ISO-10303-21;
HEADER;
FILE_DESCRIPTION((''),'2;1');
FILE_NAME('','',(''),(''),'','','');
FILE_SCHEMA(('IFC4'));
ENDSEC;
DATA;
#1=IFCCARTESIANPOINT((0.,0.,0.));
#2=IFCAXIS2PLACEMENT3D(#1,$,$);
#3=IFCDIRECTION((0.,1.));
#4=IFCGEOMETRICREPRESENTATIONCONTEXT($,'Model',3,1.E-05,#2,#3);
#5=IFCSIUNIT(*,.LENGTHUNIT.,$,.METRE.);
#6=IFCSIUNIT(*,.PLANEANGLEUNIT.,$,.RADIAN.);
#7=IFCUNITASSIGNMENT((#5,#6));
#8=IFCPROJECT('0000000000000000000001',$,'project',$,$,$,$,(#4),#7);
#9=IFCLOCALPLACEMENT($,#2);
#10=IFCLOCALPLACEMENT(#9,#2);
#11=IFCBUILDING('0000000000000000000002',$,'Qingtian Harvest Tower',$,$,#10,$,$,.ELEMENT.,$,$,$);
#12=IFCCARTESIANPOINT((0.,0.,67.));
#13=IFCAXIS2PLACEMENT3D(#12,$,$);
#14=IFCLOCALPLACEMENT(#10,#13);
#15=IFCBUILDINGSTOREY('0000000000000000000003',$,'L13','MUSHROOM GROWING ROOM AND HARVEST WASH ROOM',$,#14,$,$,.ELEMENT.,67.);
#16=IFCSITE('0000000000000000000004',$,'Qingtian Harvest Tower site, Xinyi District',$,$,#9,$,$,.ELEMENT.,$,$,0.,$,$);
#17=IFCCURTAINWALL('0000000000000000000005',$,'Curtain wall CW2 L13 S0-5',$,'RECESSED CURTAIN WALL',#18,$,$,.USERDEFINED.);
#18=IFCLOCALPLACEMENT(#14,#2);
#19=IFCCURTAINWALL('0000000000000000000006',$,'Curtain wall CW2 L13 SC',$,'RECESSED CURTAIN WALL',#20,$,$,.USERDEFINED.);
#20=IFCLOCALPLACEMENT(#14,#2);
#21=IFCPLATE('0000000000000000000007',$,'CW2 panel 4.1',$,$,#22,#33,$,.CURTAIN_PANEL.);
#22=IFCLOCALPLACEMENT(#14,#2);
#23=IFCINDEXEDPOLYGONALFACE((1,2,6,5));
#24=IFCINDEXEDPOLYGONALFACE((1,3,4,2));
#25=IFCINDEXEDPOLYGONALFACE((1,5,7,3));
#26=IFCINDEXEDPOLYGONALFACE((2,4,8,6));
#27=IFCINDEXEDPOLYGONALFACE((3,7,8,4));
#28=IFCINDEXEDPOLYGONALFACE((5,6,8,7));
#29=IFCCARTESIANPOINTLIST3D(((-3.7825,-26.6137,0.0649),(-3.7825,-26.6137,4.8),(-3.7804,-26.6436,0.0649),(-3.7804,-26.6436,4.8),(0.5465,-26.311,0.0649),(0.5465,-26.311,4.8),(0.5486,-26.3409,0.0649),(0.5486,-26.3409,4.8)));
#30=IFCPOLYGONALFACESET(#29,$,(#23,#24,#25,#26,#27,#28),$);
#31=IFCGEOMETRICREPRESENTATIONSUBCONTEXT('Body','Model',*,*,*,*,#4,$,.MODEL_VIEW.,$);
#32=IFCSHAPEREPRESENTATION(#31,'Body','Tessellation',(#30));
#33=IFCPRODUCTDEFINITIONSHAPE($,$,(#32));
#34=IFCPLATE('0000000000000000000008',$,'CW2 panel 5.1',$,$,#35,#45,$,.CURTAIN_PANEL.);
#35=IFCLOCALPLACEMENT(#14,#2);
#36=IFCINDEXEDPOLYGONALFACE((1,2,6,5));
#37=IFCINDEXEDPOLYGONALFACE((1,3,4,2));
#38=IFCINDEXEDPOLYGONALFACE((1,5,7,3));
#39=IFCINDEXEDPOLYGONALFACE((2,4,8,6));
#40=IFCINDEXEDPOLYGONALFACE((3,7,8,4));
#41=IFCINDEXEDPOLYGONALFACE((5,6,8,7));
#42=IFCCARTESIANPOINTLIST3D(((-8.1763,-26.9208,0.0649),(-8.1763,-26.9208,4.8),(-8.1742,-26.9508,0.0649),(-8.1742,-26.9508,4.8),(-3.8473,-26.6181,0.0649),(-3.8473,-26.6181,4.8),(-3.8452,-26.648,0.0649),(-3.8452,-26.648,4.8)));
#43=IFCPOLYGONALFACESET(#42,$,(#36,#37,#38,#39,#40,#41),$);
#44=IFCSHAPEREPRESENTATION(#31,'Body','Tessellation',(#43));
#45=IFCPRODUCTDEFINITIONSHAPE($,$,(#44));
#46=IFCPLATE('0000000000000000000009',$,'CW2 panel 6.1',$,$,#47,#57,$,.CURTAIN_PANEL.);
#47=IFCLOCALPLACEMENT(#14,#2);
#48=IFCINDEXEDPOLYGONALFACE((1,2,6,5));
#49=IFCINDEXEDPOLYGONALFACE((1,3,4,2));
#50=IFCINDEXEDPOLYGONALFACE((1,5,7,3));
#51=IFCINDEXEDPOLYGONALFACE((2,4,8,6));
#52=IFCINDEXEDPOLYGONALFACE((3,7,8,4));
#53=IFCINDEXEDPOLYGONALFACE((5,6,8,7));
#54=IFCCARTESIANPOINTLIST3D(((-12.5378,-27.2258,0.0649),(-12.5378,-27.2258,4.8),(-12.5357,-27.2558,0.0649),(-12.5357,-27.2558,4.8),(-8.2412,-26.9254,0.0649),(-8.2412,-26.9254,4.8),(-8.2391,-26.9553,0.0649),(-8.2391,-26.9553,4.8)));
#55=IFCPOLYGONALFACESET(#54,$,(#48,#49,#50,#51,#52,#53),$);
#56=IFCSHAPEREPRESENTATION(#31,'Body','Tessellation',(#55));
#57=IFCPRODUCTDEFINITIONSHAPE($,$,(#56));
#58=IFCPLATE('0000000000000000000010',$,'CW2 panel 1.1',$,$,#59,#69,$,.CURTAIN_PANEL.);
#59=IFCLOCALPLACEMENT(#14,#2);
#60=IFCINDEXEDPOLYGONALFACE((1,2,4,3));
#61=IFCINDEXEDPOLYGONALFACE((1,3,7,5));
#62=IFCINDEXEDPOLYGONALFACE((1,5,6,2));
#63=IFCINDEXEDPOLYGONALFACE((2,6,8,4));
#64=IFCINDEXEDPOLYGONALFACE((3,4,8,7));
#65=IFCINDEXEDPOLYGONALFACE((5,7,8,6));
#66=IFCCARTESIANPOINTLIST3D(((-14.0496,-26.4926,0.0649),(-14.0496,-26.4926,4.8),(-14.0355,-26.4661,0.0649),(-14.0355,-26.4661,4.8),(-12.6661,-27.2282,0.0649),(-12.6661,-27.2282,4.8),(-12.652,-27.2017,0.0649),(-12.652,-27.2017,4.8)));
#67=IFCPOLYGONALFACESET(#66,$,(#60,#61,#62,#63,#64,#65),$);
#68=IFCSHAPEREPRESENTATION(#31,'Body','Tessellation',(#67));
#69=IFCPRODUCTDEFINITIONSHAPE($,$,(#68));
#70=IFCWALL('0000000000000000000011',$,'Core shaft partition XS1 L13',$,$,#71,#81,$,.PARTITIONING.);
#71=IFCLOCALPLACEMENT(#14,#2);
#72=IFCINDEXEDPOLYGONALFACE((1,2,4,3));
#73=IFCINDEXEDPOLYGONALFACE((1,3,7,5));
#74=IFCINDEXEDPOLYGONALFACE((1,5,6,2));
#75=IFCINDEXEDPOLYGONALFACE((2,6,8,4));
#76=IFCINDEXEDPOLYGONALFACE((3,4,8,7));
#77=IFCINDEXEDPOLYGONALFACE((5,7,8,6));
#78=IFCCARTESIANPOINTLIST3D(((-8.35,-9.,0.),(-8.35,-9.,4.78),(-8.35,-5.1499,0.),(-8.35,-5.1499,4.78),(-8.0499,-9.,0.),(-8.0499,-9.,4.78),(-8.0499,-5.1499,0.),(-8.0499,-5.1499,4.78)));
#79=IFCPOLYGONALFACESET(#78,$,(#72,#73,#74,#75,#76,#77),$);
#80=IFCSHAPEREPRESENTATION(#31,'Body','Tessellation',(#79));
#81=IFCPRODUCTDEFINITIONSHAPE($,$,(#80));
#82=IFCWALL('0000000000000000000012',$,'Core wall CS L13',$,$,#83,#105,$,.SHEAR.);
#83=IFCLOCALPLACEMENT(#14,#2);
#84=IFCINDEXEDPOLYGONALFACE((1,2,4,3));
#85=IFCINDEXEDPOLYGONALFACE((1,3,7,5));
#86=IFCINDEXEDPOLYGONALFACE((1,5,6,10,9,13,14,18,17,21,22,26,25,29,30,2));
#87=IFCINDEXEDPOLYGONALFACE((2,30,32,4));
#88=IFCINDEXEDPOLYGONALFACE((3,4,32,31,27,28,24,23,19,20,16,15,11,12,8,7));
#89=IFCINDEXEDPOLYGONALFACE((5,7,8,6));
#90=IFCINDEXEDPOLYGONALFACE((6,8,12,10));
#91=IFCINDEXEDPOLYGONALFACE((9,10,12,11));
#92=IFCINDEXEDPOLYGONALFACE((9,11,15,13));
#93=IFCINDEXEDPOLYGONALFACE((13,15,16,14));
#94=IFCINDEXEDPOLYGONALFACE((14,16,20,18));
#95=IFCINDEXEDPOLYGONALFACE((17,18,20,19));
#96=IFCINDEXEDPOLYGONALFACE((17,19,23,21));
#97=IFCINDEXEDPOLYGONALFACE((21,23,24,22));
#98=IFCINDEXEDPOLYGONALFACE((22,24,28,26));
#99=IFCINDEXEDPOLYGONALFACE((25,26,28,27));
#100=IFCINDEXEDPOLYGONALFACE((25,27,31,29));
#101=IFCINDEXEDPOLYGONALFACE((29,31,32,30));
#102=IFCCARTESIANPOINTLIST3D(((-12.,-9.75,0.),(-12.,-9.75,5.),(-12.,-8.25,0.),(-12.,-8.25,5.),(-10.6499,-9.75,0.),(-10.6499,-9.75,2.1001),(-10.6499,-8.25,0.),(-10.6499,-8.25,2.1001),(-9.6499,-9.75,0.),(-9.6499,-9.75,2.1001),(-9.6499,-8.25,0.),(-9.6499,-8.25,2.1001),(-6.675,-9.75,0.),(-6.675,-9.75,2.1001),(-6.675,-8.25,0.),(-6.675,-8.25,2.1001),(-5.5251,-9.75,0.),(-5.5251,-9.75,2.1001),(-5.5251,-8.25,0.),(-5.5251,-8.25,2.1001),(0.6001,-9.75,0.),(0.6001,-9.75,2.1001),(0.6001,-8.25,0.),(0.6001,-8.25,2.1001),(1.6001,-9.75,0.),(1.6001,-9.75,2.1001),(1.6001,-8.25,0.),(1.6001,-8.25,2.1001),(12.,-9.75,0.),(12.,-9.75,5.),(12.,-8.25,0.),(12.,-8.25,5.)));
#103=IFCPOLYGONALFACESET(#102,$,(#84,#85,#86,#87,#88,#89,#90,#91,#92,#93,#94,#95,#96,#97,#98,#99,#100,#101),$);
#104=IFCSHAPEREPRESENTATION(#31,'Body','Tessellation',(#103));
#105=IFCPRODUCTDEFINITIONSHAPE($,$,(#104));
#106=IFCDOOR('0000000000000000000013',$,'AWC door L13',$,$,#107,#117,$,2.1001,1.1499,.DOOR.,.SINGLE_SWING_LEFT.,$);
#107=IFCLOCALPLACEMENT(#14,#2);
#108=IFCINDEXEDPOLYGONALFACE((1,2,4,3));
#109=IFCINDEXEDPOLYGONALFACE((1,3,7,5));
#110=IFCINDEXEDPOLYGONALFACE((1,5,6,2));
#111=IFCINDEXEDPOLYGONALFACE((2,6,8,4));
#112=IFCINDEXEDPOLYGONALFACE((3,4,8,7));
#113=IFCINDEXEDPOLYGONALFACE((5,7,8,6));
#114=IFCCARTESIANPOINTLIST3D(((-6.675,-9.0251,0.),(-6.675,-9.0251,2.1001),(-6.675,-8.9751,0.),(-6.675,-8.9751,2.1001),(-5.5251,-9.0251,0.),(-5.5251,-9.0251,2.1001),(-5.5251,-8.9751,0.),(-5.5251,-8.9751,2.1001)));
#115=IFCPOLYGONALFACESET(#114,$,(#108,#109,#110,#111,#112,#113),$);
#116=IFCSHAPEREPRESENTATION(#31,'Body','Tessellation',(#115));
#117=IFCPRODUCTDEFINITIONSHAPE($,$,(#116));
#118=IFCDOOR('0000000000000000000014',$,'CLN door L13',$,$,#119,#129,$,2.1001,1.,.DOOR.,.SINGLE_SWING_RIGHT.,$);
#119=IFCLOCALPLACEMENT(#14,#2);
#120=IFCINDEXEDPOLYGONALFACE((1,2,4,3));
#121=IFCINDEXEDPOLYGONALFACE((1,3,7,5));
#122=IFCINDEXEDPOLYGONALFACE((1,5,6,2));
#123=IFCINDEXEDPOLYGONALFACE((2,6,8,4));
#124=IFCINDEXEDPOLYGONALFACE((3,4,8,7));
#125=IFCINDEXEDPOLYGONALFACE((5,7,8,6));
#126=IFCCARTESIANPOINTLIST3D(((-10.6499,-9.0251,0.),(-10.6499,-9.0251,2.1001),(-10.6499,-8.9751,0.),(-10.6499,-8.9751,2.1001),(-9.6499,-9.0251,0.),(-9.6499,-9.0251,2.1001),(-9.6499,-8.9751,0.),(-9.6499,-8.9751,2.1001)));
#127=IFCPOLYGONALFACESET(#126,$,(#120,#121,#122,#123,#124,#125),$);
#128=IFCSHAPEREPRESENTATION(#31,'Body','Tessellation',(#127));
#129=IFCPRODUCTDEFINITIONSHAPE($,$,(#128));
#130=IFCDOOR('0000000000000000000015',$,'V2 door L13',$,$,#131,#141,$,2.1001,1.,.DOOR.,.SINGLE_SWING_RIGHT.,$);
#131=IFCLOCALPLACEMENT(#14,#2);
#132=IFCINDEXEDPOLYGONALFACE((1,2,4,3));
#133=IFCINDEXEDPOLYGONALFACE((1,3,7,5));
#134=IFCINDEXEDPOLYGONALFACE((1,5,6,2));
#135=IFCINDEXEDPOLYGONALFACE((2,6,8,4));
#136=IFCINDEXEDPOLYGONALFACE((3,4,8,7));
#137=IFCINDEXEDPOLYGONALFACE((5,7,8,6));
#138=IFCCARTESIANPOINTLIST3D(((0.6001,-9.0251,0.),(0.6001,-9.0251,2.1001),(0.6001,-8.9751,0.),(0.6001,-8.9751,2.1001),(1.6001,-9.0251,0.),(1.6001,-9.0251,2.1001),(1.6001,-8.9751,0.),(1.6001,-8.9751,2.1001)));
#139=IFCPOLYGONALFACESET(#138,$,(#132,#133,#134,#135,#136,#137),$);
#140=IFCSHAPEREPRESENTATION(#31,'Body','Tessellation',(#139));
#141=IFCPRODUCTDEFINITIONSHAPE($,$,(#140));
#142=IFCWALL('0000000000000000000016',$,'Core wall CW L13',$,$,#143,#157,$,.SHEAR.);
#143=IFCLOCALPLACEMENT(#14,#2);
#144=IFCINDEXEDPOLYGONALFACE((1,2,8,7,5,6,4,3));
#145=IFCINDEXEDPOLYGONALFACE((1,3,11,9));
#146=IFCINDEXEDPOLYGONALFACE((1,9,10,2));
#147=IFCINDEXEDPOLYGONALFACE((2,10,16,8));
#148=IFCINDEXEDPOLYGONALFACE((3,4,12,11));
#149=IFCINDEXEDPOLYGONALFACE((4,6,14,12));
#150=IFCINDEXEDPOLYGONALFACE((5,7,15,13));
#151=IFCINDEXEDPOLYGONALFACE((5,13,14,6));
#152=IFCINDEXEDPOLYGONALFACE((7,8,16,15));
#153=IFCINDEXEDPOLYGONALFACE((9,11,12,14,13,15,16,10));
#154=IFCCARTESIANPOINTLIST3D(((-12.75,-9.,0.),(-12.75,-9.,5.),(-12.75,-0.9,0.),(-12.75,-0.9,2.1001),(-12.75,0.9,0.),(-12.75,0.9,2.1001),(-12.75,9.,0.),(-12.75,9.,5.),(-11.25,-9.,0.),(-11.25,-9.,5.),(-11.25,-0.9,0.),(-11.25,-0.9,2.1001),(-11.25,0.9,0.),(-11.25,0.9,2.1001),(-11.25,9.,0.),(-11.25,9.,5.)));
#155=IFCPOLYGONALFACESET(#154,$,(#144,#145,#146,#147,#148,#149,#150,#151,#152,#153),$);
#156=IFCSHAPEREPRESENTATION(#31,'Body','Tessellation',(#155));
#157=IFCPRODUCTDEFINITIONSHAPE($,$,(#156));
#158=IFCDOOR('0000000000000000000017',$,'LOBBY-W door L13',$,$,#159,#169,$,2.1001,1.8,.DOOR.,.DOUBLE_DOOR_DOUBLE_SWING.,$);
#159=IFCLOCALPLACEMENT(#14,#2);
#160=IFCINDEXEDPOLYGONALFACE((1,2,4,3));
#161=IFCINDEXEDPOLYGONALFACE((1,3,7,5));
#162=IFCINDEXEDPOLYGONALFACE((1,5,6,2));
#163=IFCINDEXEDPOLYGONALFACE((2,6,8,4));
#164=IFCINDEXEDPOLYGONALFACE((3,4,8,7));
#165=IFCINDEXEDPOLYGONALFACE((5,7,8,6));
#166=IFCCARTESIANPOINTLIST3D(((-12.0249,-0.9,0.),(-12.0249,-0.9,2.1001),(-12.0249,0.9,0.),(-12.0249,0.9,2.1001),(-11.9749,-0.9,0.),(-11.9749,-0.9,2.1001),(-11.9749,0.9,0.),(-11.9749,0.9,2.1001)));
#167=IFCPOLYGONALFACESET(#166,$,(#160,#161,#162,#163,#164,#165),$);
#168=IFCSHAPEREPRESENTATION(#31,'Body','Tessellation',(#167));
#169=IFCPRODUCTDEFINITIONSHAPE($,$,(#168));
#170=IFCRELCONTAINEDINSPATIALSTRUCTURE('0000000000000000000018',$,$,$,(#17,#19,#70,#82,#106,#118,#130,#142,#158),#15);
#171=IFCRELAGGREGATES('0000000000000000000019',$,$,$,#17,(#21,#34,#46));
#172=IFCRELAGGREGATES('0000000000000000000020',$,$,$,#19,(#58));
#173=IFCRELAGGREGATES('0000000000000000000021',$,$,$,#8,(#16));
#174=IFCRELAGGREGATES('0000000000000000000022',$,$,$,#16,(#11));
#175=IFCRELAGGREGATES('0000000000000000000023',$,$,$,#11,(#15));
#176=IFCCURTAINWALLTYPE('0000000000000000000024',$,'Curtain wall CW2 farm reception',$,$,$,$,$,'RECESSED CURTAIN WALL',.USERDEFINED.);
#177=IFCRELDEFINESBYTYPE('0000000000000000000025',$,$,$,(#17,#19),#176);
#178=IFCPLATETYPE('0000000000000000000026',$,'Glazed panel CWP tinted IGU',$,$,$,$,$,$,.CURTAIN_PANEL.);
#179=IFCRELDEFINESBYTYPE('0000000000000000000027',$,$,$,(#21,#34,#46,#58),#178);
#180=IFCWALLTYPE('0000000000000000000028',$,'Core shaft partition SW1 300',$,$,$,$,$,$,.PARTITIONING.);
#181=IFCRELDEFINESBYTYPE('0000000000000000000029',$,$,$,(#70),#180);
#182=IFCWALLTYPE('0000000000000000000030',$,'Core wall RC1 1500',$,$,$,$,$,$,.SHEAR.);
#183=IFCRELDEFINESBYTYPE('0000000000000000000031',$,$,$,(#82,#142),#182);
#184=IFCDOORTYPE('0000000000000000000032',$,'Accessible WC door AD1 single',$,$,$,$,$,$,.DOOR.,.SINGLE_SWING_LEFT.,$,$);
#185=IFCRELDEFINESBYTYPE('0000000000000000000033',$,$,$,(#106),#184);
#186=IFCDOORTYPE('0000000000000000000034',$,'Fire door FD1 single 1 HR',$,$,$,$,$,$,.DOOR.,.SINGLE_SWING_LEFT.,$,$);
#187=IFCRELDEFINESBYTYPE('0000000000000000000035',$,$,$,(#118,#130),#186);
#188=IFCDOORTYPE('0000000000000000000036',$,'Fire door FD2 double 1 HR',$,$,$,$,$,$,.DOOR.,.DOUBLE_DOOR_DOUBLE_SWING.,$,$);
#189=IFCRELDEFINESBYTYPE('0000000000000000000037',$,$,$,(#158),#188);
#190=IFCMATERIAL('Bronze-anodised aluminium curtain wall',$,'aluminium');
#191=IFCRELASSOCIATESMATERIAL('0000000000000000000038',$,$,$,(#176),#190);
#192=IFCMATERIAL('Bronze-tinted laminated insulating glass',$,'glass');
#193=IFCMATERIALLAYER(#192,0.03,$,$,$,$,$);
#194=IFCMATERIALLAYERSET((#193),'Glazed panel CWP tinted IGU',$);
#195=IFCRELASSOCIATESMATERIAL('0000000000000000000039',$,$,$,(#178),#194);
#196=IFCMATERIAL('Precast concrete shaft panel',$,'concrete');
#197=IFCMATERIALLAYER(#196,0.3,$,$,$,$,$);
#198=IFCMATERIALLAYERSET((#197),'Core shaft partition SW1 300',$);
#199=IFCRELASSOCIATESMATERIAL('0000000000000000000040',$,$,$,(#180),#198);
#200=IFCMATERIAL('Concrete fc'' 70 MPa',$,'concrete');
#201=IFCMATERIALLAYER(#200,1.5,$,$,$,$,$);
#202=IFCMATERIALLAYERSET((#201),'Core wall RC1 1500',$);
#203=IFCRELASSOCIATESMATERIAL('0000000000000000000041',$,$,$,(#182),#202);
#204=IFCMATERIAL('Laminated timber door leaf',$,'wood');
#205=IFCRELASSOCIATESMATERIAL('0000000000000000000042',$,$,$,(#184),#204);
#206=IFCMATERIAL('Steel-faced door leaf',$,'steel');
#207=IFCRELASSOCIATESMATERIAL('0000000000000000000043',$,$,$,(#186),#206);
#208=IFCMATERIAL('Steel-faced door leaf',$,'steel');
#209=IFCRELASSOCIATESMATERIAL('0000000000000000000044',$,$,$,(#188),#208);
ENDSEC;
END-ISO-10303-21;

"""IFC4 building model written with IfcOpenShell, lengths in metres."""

from ifc_helpers import new_model, si_unit, direction, frame, frame_2d, origin, origin_2d, place, context, subcontext, project, spatial, rectangle, extrude, material, layer, layer_set, type_object, element, fill, aggregate, save


model = new_model("IFC4")

# Units and contexts
model_context = context("Model", 3, precision=1e-05, world=origin(), true_north=direction((0.0, 1.0)))
body_context = subcontext(model_context, "Body", "Model", "MODEL_VIEW")
ifc_project = project(units=[si_unit("LENGTHUNIT", "METRE"), si_unit("PLANEANGLEUNIT", "RADIAN")], contexts=[model_context])

# Site, building, storey
site_placement = place(None, origin())
site = spatial("IfcSite", under=ifc_project, at=site_placement, Name="Qingtian Harvest Tower site, Xinyi District", CompositionType="ELEMENT", RefElevation=0.0)
building_placement = place(site_placement, origin())
building = spatial("IfcBuilding", under=site, at=building_placement, Name="Qingtian Harvest Tower", CompositionType="ELEMENT")
storey_placement = place(building_placement, frame((0.0, 0.0, 67.0)))
storey = spatial("IfcBuildingStorey", under=building, at=storey_placement, Name="L13", Description="MUSHROOM GROWING ROOM AND HARVEST WASH ROOM", CompositionType="ELEMENT", Elevation=67.0)

# Curtain walls
ifc_material_1 = material(Name="Bronze-anodised aluminium curtain wall", Category="aluminium")
curtain_wall_type = type_object("IfcCurtainWallType", Name="Curtain wall CW2 farm reception", ElementType="RECESSED CURTAIN WALL", PredefinedType="USERDEFINED", material=ifc_material_1)
curtain_wall_1_placement = place(storey_placement, origin())
curtain_wall_1 = element("IfcCurtainWall", 1, at=curtain_wall_1_placement, inside=storey, type_object=curtain_wall_type, Name="Curtain wall CW2 L13 S0-5", ObjectType="RECESSED CURTAIN WALL", PredefinedType="USERDEFINED")
curtain_wall_2_placement = place(storey_placement, origin())
curtain_wall_2 = element("IfcCurtainWall", 2, at=curtain_wall_2_placement, inside=storey, type_object=curtain_wall_type, Name="Curtain wall CW2 L13 SC", ObjectType="RECESSED CURTAIN WALL", PredefinedType="USERDEFINED")

# Plates
ifc_material_2 = material(Name="Bronze-tinted laminated insulating glass", Category="glass")
ifc_layer_1 = layer(ifc_material_2, 0.03)
ifc_layer_set_1 = layer_set([ifc_layer_1], Name="Glazed panel CWP tinted IGU")
plate_type = type_object("IfcPlateType", Name="Glazed panel CWP tinted IGU", PredefinedType="CURTAIN_PANEL", material=ifc_layer_set_1)
plate_1_placement = place(storey_placement, frame((-1.6169, -26.4773, 0.0649), z_axis=(0.0, 0.0, 1.0), x_axis=(-0.997564, -0.069756, 0.0)))
plate_1 = element("IfcPlate", 3, at=plate_1_placement, type_object=plate_type, Name="CW2 panel 4.1", PredefinedType="CURTAIN_PANEL", context=body_context, shape_type="SweptSolid", body=[
    extrude(rectangle(XDim=4.3396, YDim=0.03, at=origin_2d()), origin(), (0.0, 0.0, 1.0), 4.7351),
])
plate_2_placement = place(storey_placement, frame((-6.0107, -26.7844, 0.0649), z_axis=(0.0, 0.0, 1.0), x_axis=(-0.997564, -0.069756, 0.0)))
plate_2 = element("IfcPlate", 4, at=plate_2_placement, type_object=plate_type, Name="CW2 panel 5.1", PredefinedType="CURTAIN_PANEL", context=body_context, shape_type="SweptSolid", body=[
    extrude(rectangle(XDim=4.3396, YDim=0.03, at=origin_2d()), origin(), (0.0, 0.0, 1.0), 4.7351),
])
plate_3_placement = place(storey_placement, frame((-10.3884, -27.0906, 0.0649), z_axis=(0.0, 0.0, 1.0), x_axis=(-0.997564, -0.069756, 0.0)))
plate_3 = element("IfcPlate", 5, at=plate_3_placement, type_object=plate_type, Name="CW2 panel 6.1", PredefinedType="CURTAIN_PANEL", context=body_context, shape_type="SweptSolid", body=[
    extrude(rectangle(XDim=4.3071, YDim=0.03, at=origin_2d()), origin(), (0.0, 0.0, 1.0), 4.7351),
])
aggregate(curtain_wall_1, [plate_1, plate_2, plate_3])
plate_4_placement = place(storey_placement, frame((-13.3508, -26.8472, 0.0649), z_axis=(0.0, 0.0, 1.0), x_axis=(-0.882948, 0.469472, 0.0)))
plate_4 = element("IfcPlate", 6, at=plate_4_placement, type_object=plate_type, Name="CW2 panel 1.1", PredefinedType="CURTAIN_PANEL", context=body_context, shape_type="SweptSolid", body=[
    extrude(rectangle(XDim=1.5669, YDim=0.03, at=origin_2d()), origin(), (0.0, 0.0, 1.0), 4.7351),
])
aggregate(curtain_wall_2, [plate_4])

# Wall
ifc_material_3 = material(Name="Precast concrete shaft panel", Category="concrete")
ifc_layer_2 = layer(ifc_material_3, 0.3)
ifc_layer_set_2 = layer_set([ifc_layer_2], Name="Core shaft partition SW1 300")
wall_type_1 = type_object("IfcWallType", Name="Core shaft partition SW1 300", PredefinedType="PARTITIONING", material=ifc_layer_set_2)
wall_1_placement = place(storey_placement, frame((-8.2, -9.0, 0.0), z_axis=(0.0, 0.0, 1.0), x_axis=(0.0, 1.0, 0.0)))
element("IfcWall", 7, at=wall_1_placement, inside=storey, type_object=wall_type_1, Name="Core shaft partition XS1 L13", PredefinedType="PARTITIONING", context=body_context, shape_type="SweptSolid", body=[
    extrude(rectangle(XDim=3.8501, YDim=0.3, at=frame_2d((1.925, 0.0))), origin(), (0.0, 0.0, 1.0), 4.78),
])

# Wall, openings, doors
ifc_material_4 = material(Name="Concrete fc' 70 MPa", Category="concrete")
ifc_layer_3 = layer(ifc_material_4, 1.5)
ifc_layer_set_3 = layer_set([ifc_layer_3], Name="Core wall RC1 1500")
wall_type_2 = type_object("IfcWallType", Name="Core wall RC1 1500", PredefinedType="SHEAR", material=ifc_layer_set_3)
wall_2_placement = place(storey_placement, frame((-12.0, -9.0, 0.0), z_axis=(0.0, 0.0, 1.0), x_axis=(1.0, 0.0, 0.0)))
wall_2 = element("IfcWall", 8, at=wall_2_placement, inside=storey, type_object=wall_type_2, Name="Core wall CS L13", PredefinedType="SHEAR", context=body_context, shape_type="SweptSolid", body=[
    extrude(rectangle(XDim=24.0, YDim=1.5, at=frame_2d((12.0, 0.0))), origin(), (0.0, 0.0, 1.0), 5.0),
])
opening_1_placement = place(wall_2_placement, frame((1.3501, 0.0, 0.0)))
opening_1 = element("IfcOpeningElement", 9, at=opening_1_placement, cuts=wall_2, PredefinedType="OPENING", context=body_context, shape_type="SweptSolid", body=[
    extrude(rectangle(XDim=1.0, YDim=2.1001, at=frame_2d((0.5, 1.05))), frame((0.0, 0.76, 0.0), z_axis=(0.0, -1.0, 0.0), x_axis=(1.0, 0.0, 0.0)), (0.0, 0.0, 1.0), 1.52),
])
opening_2_placement = place(wall_2_placement, frame((5.325, 0.0, 0.0)))
opening_2 = element("IfcOpeningElement", 10, at=opening_2_placement, cuts=wall_2, PredefinedType="OPENING", context=body_context, shape_type="SweptSolid", body=[
    extrude(rectangle(XDim=1.1499, YDim=2.1001, at=frame_2d((0.575, 1.05))), frame((0.0, 0.76, 0.0), z_axis=(0.0, -1.0, 0.0), x_axis=(1.0, 0.0, 0.0)), (0.0, 0.0, 1.0), 1.52),
])
opening_3_placement = place(wall_2_placement, frame((12.6001, 0.0, 0.0)))
opening_3 = element("IfcOpeningElement", 11, at=opening_3_placement, cuts=wall_2, PredefinedType="OPENING", context=body_context, shape_type="SweptSolid", body=[
    extrude(rectangle(XDim=1.0, YDim=2.1001, at=frame_2d((0.5, 1.05))), frame((0.0, 0.76, 0.0), z_axis=(0.0, -1.0, 0.0), x_axis=(1.0, 0.0, 0.0)), (0.0, 0.0, 1.0), 1.52),
])
ifc_material_5 = material(Name="Laminated timber door leaf", Category="wood")
door_type_1 = type_object("IfcDoorType", Name="Accessible WC door AD1 single", OperationType="SINGLE_SWING_LEFT", PredefinedType="DOOR", material=ifc_material_5)
door_1_placement = place(opening_2_placement, origin())
door_1 = element("IfcDoor", 12, at=door_1_placement, inside=storey, type_object=door_type_1, Name="AWC door L13", OperationType="SINGLE_SWING_LEFT", OverallHeight=2.1001, OverallWidth=1.1499, PredefinedType="DOOR", context=body_context, shape_type="SweptSolid", body=[
    extrude(rectangle(XDim=1.1499, YDim=2.1001, at=frame_2d((0.575, 1.05))), frame((0.0, 0.0249, 0.0), z_axis=(0.0, -1.0, 0.0), x_axis=(1.0, 0.0, 0.0)), (0.0, 0.0, 1.0), 0.05),
])
fill(opening_2, door_1)
ifc_material_6 = material(Name="Steel-faced door leaf", Category="steel")
door_type_2 = type_object("IfcDoorType", Name="Fire door FD1 single 1 HR", OperationType="SINGLE_SWING_LEFT", PredefinedType="DOOR", material=ifc_material_6)
door_2_placement = place(opening_1_placement, origin())
door_2 = element("IfcDoor", 13, at=door_2_placement, inside=storey, type_object=door_type_2, Name="CLN door L13", OperationType="SINGLE_SWING_RIGHT", OverallHeight=2.1001, OverallWidth=1.0, PredefinedType="DOOR", context=body_context, shape_type="SweptSolid", body=[
    extrude(rectangle(XDim=1.0, YDim=2.1001, at=frame_2d((0.5, 1.05))), frame((0.0, 0.0249, 0.0), z_axis=(0.0, -1.0, 0.0), x_axis=(1.0, 0.0, 0.0)), (0.0, 0.0, 1.0), 0.05),
])
fill(opening_1, door_2)
door_3_placement = place(opening_3_placement, origin())
door_3 = element("IfcDoor", 14, at=door_3_placement, inside=storey, type_object=door_type_2, Name="V2 door L13", OperationType="SINGLE_SWING_RIGHT", OverallHeight=2.1001, OverallWidth=1.0, PredefinedType="DOOR", context=body_context, shape_type="SweptSolid", body=[
    extrude(rectangle(XDim=1.0, YDim=2.1001, at=frame_2d((0.5, 1.05))), frame((0.0, 0.0249, 0.0), z_axis=(0.0, -1.0, 0.0), x_axis=(1.0, 0.0, 0.0)), (0.0, 0.0, 1.0), 0.05),
])
fill(opening_3, door_3)

# Wall, opening, door
wall_3_placement = place(storey_placement, frame((-12.0, -9.0, 0.0), z_axis=(0.0, 0.0, 1.0), x_axis=(0.0, 1.0, 0.0)))
wall_3 = element("IfcWall", 15, at=wall_3_placement, inside=storey, type_object=wall_type_2, Name="Core wall CW L13", PredefinedType="SHEAR", context=body_context, shape_type="SweptSolid", body=[
    extrude(rectangle(XDim=18.0, YDim=1.5, at=frame_2d((9.0, 0.0))), origin(), (0.0, 0.0, 1.0), 5.0),
])
opening_4_placement = place(wall_3_placement, frame((8.1001, 0.0, 0.0)))
opening_4 = element("IfcOpeningElement", 16, at=opening_4_placement, cuts=wall_3, PredefinedType="OPENING", context=body_context, shape_type="SweptSolid", body=[
    extrude(rectangle(XDim=1.8, YDim=2.1001, at=frame_2d((0.8999, 1.05))), frame((0.0, 0.76, 0.0), z_axis=(0.0, -1.0, 0.0), x_axis=(1.0, 0.0, 0.0)), (0.0, 0.0, 1.0), 1.52),
])
ifc_material_7 = material(Name="Steel-faced door leaf", Category="steel")
door_type_3 = type_object("IfcDoorType", Name="Fire door FD2 double 1 HR", OperationType="DOUBLE_DOOR_DOUBLE_SWING", PredefinedType="DOOR", material=ifc_material_7)
door_4_placement = place(opening_4_placement, origin())
door_4 = element("IfcDoor", 17, at=door_4_placement, inside=storey, type_object=door_type_3, Name="LOBBY-W door L13", OperationType="DOUBLE_DOOR_DOUBLE_SWING", OverallHeight=2.1001, OverallWidth=1.8, PredefinedType="DOOR", context=body_context, shape_type="SweptSolid", body=[
    extrude(rectangle(XDim=1.8, YDim=2.1001, at=frame_2d((0.8999, 1.05))), frame((0.0, 0.0249, 0.0), z_axis=(0.0, -1.0, 0.0), x_axis=(1.0, 0.0, 0.0)), (0.0, 0.0, 1.0), 0.05),
])
fill(opening_4, door_4)

save(model, "model.ifc")
